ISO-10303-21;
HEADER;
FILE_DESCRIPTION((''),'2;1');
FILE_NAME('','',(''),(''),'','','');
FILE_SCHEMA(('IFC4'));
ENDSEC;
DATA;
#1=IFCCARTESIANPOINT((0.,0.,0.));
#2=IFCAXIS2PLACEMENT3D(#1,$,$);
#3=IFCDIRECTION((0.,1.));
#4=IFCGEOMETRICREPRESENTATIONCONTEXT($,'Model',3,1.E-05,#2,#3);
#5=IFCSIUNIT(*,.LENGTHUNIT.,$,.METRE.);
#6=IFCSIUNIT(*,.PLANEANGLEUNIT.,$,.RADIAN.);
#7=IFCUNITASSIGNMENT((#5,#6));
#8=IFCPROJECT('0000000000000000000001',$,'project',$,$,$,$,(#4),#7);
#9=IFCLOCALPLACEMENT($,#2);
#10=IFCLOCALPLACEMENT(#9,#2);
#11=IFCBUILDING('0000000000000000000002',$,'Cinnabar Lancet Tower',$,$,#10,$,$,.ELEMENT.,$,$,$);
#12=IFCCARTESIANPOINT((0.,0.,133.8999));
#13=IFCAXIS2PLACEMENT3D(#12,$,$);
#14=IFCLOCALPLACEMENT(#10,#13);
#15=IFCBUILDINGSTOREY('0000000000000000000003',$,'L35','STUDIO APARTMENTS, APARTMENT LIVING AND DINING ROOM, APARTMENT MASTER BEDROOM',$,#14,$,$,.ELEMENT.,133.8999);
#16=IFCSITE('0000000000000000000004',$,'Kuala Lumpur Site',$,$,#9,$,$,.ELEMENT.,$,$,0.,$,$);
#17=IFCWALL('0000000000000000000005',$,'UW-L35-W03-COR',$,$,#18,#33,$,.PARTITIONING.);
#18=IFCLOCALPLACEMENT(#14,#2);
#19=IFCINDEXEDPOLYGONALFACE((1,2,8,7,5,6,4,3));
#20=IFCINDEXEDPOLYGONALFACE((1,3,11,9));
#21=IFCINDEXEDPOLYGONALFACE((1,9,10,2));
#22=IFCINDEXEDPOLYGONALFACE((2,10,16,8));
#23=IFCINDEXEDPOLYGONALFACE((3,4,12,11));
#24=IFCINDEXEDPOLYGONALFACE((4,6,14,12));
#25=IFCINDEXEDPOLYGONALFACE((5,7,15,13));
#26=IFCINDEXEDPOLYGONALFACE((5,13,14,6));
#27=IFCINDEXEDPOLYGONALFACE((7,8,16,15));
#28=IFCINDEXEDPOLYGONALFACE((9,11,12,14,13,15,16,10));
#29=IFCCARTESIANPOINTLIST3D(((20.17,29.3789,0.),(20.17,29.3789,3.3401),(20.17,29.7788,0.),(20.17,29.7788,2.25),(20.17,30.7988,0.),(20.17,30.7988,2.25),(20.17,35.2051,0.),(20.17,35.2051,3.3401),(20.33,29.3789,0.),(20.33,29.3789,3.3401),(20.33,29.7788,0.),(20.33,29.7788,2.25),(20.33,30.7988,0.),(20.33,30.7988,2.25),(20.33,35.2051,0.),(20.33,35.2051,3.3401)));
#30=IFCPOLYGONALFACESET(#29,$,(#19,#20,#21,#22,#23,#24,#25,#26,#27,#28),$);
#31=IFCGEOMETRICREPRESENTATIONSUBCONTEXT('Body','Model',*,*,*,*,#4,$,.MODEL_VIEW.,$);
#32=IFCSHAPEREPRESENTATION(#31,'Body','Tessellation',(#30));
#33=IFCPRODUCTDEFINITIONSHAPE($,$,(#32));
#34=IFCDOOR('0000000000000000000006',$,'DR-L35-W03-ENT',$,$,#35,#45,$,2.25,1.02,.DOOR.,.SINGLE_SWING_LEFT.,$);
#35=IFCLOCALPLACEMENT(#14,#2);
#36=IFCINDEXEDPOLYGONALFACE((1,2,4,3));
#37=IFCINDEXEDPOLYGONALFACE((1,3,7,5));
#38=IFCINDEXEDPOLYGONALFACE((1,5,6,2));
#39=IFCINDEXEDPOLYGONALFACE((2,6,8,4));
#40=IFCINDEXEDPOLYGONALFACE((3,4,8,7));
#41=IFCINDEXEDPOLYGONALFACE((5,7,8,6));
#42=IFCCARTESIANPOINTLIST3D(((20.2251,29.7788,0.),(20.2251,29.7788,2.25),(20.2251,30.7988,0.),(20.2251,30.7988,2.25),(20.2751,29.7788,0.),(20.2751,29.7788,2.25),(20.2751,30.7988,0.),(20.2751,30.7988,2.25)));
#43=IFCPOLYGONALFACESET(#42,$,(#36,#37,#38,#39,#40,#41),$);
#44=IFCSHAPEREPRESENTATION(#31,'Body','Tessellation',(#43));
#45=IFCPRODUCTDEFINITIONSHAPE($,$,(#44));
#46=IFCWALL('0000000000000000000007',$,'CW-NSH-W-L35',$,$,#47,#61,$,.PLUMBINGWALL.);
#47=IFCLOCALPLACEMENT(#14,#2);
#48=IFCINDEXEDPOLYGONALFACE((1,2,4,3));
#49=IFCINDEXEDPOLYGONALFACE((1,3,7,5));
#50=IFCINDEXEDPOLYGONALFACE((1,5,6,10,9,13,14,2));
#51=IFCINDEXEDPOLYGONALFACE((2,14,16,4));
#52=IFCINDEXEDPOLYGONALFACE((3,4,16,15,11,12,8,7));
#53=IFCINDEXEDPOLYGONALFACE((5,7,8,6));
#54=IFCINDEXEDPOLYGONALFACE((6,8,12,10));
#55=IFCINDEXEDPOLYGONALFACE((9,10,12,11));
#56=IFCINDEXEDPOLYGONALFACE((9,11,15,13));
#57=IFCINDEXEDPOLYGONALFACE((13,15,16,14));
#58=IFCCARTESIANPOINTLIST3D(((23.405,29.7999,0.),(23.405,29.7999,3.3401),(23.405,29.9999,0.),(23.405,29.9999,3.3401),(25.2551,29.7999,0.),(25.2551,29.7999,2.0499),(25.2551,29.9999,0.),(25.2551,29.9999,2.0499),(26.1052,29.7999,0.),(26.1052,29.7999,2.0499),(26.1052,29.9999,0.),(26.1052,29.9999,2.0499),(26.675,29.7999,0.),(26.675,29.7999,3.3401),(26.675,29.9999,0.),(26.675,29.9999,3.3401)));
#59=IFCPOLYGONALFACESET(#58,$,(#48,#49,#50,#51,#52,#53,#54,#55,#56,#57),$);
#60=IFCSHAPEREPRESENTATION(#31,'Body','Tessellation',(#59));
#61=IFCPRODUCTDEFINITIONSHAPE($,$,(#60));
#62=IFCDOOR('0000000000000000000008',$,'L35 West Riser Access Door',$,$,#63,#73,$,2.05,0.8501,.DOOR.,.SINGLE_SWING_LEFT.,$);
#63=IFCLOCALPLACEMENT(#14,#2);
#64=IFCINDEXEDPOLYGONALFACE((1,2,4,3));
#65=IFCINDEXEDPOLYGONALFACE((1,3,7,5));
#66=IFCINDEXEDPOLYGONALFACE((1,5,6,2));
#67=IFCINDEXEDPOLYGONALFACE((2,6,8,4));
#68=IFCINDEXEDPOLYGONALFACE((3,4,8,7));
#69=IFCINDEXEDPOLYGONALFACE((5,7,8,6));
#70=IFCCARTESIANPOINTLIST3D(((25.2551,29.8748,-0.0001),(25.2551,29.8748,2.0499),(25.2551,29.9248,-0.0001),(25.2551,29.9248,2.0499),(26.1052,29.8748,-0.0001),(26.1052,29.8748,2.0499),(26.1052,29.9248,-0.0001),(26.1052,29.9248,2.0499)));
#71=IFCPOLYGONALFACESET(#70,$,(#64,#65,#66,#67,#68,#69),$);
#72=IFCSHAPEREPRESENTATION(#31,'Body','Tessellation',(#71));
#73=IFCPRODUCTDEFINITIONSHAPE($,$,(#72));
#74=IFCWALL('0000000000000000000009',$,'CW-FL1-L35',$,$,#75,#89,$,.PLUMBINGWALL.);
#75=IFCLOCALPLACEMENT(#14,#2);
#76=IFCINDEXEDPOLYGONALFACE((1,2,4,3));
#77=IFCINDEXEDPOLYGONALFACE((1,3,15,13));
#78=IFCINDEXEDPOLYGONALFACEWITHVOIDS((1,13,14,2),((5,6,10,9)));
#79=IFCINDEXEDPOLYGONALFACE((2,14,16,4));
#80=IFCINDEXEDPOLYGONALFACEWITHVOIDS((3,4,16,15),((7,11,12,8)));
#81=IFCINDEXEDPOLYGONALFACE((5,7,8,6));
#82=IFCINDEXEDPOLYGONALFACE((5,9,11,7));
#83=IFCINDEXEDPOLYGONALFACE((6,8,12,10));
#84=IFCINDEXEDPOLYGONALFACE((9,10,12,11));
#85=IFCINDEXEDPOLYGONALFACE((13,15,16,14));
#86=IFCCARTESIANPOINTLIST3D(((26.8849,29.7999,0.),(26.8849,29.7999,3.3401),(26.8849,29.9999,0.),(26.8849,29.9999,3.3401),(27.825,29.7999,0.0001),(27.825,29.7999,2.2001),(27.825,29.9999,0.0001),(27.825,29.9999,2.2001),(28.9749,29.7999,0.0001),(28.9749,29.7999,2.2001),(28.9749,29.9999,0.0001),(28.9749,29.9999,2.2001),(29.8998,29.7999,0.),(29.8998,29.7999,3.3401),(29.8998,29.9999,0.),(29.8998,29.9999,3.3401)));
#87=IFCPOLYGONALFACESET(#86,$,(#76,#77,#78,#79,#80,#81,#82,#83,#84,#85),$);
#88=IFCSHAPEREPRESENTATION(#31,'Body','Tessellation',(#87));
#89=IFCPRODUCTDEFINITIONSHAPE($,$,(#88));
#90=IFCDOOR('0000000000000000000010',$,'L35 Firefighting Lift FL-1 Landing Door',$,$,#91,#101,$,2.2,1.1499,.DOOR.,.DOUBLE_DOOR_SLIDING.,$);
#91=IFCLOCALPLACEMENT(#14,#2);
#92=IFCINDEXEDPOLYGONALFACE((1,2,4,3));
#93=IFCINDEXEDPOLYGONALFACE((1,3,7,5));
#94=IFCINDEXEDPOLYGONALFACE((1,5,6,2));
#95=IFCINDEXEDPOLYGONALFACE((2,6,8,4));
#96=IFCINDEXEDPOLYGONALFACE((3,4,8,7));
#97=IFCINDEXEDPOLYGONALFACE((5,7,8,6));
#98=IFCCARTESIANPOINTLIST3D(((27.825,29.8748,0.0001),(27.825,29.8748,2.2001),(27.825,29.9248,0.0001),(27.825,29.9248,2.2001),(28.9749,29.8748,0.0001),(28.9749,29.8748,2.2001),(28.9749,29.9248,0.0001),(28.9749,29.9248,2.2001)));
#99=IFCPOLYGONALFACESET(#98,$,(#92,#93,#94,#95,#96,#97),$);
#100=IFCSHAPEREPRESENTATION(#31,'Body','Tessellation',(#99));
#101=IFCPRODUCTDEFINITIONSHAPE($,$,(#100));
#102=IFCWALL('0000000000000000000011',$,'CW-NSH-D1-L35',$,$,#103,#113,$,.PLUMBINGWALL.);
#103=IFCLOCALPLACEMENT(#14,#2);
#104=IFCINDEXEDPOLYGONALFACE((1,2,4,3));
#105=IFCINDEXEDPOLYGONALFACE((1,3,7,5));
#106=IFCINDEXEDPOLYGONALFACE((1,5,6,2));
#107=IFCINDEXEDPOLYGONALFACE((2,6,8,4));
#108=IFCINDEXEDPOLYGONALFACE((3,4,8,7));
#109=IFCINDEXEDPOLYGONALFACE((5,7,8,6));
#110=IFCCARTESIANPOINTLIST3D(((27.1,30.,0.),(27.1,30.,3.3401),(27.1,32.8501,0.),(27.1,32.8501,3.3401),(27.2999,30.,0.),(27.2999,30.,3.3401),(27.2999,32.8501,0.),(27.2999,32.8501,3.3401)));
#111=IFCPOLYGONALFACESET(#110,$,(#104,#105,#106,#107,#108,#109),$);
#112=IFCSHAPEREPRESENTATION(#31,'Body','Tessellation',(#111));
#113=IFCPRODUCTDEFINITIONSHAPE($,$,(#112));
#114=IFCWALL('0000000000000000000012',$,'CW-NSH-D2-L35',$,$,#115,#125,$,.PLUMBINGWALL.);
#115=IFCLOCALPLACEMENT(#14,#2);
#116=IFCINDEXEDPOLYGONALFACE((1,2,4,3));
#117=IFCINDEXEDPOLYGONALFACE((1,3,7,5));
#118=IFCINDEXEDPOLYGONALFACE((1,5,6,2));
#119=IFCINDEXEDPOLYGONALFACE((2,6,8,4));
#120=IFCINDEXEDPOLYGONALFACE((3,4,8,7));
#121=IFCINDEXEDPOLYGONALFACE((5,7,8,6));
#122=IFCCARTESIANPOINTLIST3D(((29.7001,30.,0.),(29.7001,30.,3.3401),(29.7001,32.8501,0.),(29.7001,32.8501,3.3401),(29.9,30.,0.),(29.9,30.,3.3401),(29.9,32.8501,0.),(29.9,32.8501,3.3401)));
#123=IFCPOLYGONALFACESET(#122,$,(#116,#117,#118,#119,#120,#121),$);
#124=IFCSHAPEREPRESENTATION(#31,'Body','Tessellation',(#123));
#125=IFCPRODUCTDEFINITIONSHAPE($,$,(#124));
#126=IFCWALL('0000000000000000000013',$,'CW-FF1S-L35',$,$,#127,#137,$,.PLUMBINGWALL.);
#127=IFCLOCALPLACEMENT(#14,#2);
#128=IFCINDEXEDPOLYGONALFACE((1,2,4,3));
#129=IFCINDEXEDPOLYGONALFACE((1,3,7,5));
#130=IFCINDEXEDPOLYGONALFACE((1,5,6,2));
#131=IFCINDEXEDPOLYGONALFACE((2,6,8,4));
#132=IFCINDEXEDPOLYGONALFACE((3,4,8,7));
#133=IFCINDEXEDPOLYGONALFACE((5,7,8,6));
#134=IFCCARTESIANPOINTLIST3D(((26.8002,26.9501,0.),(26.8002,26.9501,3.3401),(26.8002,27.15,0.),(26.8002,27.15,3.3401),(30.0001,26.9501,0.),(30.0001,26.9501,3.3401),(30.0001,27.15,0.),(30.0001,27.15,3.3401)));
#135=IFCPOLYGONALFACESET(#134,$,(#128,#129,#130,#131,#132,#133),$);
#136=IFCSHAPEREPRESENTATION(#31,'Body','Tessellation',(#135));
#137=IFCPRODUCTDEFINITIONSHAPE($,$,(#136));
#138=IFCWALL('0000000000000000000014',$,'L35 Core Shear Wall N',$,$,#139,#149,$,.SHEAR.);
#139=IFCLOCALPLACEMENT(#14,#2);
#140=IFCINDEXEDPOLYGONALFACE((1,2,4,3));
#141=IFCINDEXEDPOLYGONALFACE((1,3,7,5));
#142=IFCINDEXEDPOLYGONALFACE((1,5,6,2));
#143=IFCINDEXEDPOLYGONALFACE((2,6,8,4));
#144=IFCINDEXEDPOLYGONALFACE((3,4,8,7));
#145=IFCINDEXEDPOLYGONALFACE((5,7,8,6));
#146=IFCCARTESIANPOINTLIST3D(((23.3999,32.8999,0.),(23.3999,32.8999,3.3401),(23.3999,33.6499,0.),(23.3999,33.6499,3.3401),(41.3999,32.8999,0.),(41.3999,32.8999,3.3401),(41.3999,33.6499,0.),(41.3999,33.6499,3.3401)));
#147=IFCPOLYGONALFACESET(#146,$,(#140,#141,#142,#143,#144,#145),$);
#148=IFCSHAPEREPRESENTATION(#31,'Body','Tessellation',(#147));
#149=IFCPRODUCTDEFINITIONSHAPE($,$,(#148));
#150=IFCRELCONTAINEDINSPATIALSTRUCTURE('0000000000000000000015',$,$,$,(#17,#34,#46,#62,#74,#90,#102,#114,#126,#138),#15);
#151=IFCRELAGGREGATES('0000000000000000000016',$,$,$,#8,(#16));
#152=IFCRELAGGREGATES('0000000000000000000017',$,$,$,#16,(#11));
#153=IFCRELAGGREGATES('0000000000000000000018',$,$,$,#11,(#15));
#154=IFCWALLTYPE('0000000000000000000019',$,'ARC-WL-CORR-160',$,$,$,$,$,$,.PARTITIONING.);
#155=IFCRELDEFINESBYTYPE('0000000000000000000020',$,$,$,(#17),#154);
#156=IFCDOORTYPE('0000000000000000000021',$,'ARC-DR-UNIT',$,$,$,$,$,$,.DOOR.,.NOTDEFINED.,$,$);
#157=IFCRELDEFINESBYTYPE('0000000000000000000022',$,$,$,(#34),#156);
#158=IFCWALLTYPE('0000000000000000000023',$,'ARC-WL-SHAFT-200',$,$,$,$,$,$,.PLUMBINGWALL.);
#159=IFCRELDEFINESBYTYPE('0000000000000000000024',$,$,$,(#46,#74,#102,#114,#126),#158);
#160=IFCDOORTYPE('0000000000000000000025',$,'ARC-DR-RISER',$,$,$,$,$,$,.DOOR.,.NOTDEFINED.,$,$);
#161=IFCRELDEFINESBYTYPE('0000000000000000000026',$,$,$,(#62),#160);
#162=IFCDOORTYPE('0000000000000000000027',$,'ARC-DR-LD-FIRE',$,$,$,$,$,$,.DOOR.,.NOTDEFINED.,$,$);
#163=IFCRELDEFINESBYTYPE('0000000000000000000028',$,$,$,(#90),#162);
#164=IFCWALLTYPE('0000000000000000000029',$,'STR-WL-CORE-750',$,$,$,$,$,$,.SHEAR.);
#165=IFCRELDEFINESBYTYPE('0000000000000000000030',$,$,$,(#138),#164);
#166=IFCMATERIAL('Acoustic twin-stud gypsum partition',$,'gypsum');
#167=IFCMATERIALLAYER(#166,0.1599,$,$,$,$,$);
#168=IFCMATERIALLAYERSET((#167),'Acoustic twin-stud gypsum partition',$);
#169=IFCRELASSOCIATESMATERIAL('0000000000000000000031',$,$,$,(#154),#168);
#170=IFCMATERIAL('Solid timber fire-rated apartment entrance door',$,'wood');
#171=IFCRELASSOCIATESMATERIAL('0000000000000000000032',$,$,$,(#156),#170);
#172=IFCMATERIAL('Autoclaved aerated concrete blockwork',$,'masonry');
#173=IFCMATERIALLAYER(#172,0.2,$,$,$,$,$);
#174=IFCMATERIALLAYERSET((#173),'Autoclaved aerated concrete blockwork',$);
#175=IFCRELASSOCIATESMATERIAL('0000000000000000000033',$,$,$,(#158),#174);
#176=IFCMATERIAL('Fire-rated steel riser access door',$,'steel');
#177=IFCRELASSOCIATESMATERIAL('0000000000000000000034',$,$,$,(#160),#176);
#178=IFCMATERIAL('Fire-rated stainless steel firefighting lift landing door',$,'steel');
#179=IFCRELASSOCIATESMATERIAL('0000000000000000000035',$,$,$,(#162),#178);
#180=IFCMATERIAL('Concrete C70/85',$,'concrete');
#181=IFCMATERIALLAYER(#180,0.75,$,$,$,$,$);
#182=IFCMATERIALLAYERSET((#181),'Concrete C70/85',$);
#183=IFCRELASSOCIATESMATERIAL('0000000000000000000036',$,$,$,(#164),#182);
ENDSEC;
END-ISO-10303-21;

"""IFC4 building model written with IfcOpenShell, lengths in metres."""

from ifc_helpers import new_model, si_unit, direction, frame, frame_2d, origin, place, context, subcontext, project, spatial, rectangle, extrude, material, layer, layer_set, type_object, element, fill, save


model = new_model("IFC4")

# Units and contexts
model_context = context("Model", 3, precision=1e-05, world=origin(), true_north=direction((0.0, 1.0)))
body_context = subcontext(model_context, "Body", "Model", "MODEL_VIEW")
ifc_project = project(units=[si_unit("LENGTHUNIT", "METRE"), si_unit("PLANEANGLEUNIT", "RADIAN")], contexts=[model_context])

# Site, building, storey
site_placement = place(None, origin())
site = spatial("IfcSite", under=ifc_project, at=site_placement, Name="Kuala Lumpur Site", CompositionType="ELEMENT", RefElevation=0.0)
building_placement = place(site_placement, origin())
building = spatial("IfcBuilding", under=site, at=building_placement, Name="Cinnabar Lancet Tower", CompositionType="ELEMENT")
storey_placement = place(building_placement, frame((0.0, 0.0, 133.8999)))
storey = spatial("IfcBuildingStorey", under=building, at=storey_placement, Name="L35", Description="STUDIO APARTMENTS, APARTMENT LIVING AND DINING ROOM, APARTMENT MASTER BEDROOM", CompositionType="ELEMENT", Elevation=133.8999)

# Walls, openings, doors
ifc_material_1 = material(Name="Acoustic twin-stud gypsum partition", Category="gypsum")
ifc_layer_1 = layer(ifc_material_1, 0.1599)
ifc_layer_set_1 = layer_set([ifc_layer_1], Name="Acoustic twin-stud gypsum partition")
wall_type_1 = type_object("IfcWallType", Name="ARC-WL-CORR-160", PredefinedType="PARTITIONING", material=ifc_layer_set_1)
wall_1_placement = place(storey_placement, frame((20.25, 29.3789, 0.0), z_axis=(0.0, 0.0, 1.0), x_axis=(0.0, 1.0, 0.0)))
wall_1 = element("IfcWall", 1, at=wall_1_placement, inside=storey, type_object=wall_type_1, Name="UW-L35-W03-COR", PredefinedType="PARTITIONING", context=body_context, shape_type="SweptSolid", body=[
    extrude(rectangle(XDim=5.8262, YDim=0.1599, at=frame_2d((2.9131, 0.0))), origin(), (0.0, 0.0, 1.0), 3.3401),
])
opening_1_placement = place(wall_1_placement, frame((0.3999, 0.0, 0.0)))
opening_1 = element("IfcOpeningElement", 2, at=opening_1_placement, cuts=wall_1, PredefinedType="OPENING", context=body_context, shape_type="SweptSolid", body=[
    extrude(rectangle(XDim=1.02, YDim=2.25, at=frame_2d((0.51, 1.125))), frame((0.0, 0.0898, 0.0), z_axis=(0.0, -1.0, 0.0), x_axis=(1.0, 0.0, 0.0)), (0.0, 0.0, 1.0), 0.1799),
])
ifc_material_2 = material(Name="Solid timber fire-rated apartment entrance door", Category="wood")
door_type_1 = type_object("IfcDoorType", Name="ARC-DR-UNIT", OperationType="NOTDEFINED", PredefinedType="DOOR", material=ifc_material_2)
door_1_placement = place(opening_1_placement, origin())
door_1 = element("IfcDoor", 3, at=door_1_placement, inside=storey, type_object=door_type_1, Name="DR-L35-W03-ENT", OperationType="SINGLE_SWING_LEFT", OverallHeight=2.25, OverallWidth=1.02, PredefinedType="DOOR", context=body_context, shape_type="SweptSolid", body=[
    extrude(rectangle(XDim=1.02, YDim=2.25, at=frame_2d((0.51, 1.125))), frame((0.0, 0.0249, 0.0), z_axis=(0.0, -1.0, 0.0), x_axis=(1.0, 0.0, 0.0)), (0.0, 0.0, 1.0), 0.05),
])
fill(opening_1, door_1)
ifc_material_3 = material(Name="Autoclaved aerated concrete blockwork", Category="masonry")
ifc_layer_2 = layer(ifc_material_3, 0.2)
ifc_layer_set_2 = layer_set([ifc_layer_2], Name="Autoclaved aerated concrete blockwork")
wall_type_2 = type_object("IfcWallType", Name="ARC-WL-SHAFT-200", PredefinedType="PLUMBINGWALL", material=ifc_layer_set_2)
wall_2_placement = place(storey_placement, frame((23.405, 29.8999, 0.0), z_axis=(0.0, 0.0, 1.0), x_axis=(1.0, 0.0, 0.0)))
wall_2 = element("IfcWall", 4, at=wall_2_placement, inside=storey, type_object=wall_type_2, Name="CW-NSH-W-L35", PredefinedType="PLUMBINGWALL", context=body_context, shape_type="SweptSolid", body=[
    extrude(rectangle(XDim=3.27, YDim=0.2, at=frame_2d((1.635, 0.0))), origin(), (0.0, 0.0, 1.0), 3.3401),
])
opening_2_placement = place(wall_2_placement, frame((1.8501, 0.0, 0.0)))
opening_2 = element("IfcOpeningElement", 5, at=opening_2_placement, cuts=wall_2, PredefinedType="OPENING", context=body_context, shape_type="SweptSolid", body=[
    extrude(rectangle(XDim=0.8501, YDim=2.05, at=frame_2d((0.425, 1.0249))), frame((0.0, 0.1099, 0.0), z_axis=(0.0, -1.0, 0.0), x_axis=(1.0, 0.0, 0.0)), (0.0, 0.0, 1.0), 0.22),
])
ifc_material_4 = material(Name="Fire-rated steel riser access door", Category="steel")
door_type_2 = type_object("IfcDoorType", Name="ARC-DR-RISER", OperationType="NOTDEFINED", PredefinedType="DOOR", material=ifc_material_4)
door_2_placement = place(opening_2_placement, origin())
door_2 = element("IfcDoor", 6, at=door_2_placement, inside=storey, type_object=door_type_2, Name="L35 West Riser Access Door", OperationType="SINGLE_SWING_LEFT", OverallHeight=2.05, OverallWidth=0.8501, PredefinedType="DOOR", context=body_context, shape_type="SweptSolid", body=[
    extrude(rectangle(XDim=0.8501, YDim=2.05, at=frame_2d((0.425, 1.0249))), frame((0.0, 0.0249, 0.0), z_axis=(0.0, -1.0, 0.0), x_axis=(1.0, 0.0, 0.0)), (0.0, 0.0, 1.0), 0.05),
])
fill(opening_2, door_2)
wall_3_placement = place(storey_placement, frame((26.885, 29.8999, 0.0), z_axis=(0.0, 0.0, 1.0), x_axis=(1.0, 0.0, 0.0)))
wall_3 = element("IfcWall", 7, at=wall_3_placement, inside=storey, type_object=wall_type_2, Name="CW-FL1-L35", PredefinedType="PLUMBINGWALL", context=body_context, shape_type="SweptSolid", body=[
    extrude(rectangle(XDim=3.0149, YDim=0.2, at=frame_2d((1.5073, 0.0))), origin(), (0.0, 0.0, 1.0), 3.3401),
])
opening_3_placement = place(wall_3_placement, frame((0.9399, 0.0, 0.0)))
opening_3 = element("IfcOpeningElement", 8, at=opening_3_placement, cuts=wall_3, PredefinedType="OPENING", context=body_context, shape_type="SweptSolid", body=[
    extrude(rectangle(XDim=1.1499, YDim=2.2, at=frame_2d((0.575, 1.1001))), frame((0.0, 0.1099, 0.0), z_axis=(0.0, -1.0, 0.0), x_axis=(1.0, 0.0, 0.0)), (0.0, 0.0, 1.0), 0.22),
])
ifc_material_5 = material(Name="Fire-rated stainless steel firefighting lift landing door", Category="steel")
door_type_3 = type_object("IfcDoorType", Name="ARC-DR-LD-FIRE", OperationType="NOTDEFINED", PredefinedType="DOOR", material=ifc_material_5)
door_3_placement = place(opening_3_placement, origin())
door_3 = element("IfcDoor", 9, at=door_3_placement, inside=storey, type_object=door_type_3, Name="L35 Firefighting Lift FL-1 Landing Door", OperationType="DOUBLE_DOOR_SLIDING", OverallHeight=2.2, OverallWidth=1.1499, PredefinedType="DOOR", context=body_context, shape_type="SweptSolid", body=[
    extrude(rectangle(XDim=1.1499, YDim=2.2, at=frame_2d((0.575, 1.1001))), frame((0.0, 0.0249, 0.0), z_axis=(0.0, -1.0, 0.0), x_axis=(1.0, 0.0, 0.0)), (0.0, 0.0, 1.0), 0.05),
])
fill(opening_3, door_3)

# Walls
for number, where, z_axis, x_axis, name in (
    (10, (27.2, 30.0, 0.0), (0.0, 0.0, 1.0), (0.0, 1.0, 0.0), "CW-NSH-D1-L35"),
    (11, (29.8, 30.0, 0.0), (0.0, 0.0, 1.0), (0.0, 1.0, 0.0), "CW-NSH-D2-L35"),
):
    element("IfcWall", number, at=place(storey_placement, frame(where, z_axis=z_axis, x_axis=x_axis)), inside=storey, type_object=wall_type_2, Name=name, PredefinedType="PLUMBINGWALL", context=body_context, shape_type="SweptSolid", body=[
        extrude(rectangle(XDim=2.8501, YDim=0.2, at=frame_2d((1.425, 0.0))), origin(), (0.0, 0.0, 1.0), 3.3401),
    ])
wall_4_placement = place(storey_placement, frame((26.8, 27.05, 0.0), z_axis=(0.0, 0.0, 1.0), x_axis=(1.0, 0.0, 0.0)))
element("IfcWall", 12, at=wall_4_placement, inside=storey, type_object=wall_type_2, Name="CW-FF1S-L35", PredefinedType="PLUMBINGWALL", context=body_context, shape_type="SweptSolid", body=[
    extrude(rectangle(XDim=3.2, YDim=0.2, at=frame_2d((1.6001, 0.0))), origin(), (0.0, 0.0, 1.0), 3.3401),
])
ifc_material_6 = material(Name="Concrete C70/85", Category="concrete")
ifc_layer_3 = layer(ifc_material_6, 0.75)
ifc_layer_set_3 = layer_set([ifc_layer_3], Name="Concrete C70/85")
wall_type_3 = type_object("IfcWallType", Name="STR-WL-CORE-750", PredefinedType="SHEAR", material=ifc_layer_set_3)
wall_5_placement = place(storey_placement, frame((23.3999, 33.2749, 0.0), z_axis=(0.0, 0.0, 1.0), x_axis=(1.0, 0.0, 0.0)))
element("IfcWall", 13, at=wall_5_placement, inside=storey, type_object=wall_type_3, Name="L35 Core Shear Wall N", PredefinedType="SHEAR", context=body_context, shape_type="SweptSolid", body=[
    extrude(rectangle(XDim=18.0, YDim=0.75, at=frame_2d((9.0, 0.0))), origin(), (0.0, 0.0, 1.0), 3.3401),
])

save(model, "model.ifc")
